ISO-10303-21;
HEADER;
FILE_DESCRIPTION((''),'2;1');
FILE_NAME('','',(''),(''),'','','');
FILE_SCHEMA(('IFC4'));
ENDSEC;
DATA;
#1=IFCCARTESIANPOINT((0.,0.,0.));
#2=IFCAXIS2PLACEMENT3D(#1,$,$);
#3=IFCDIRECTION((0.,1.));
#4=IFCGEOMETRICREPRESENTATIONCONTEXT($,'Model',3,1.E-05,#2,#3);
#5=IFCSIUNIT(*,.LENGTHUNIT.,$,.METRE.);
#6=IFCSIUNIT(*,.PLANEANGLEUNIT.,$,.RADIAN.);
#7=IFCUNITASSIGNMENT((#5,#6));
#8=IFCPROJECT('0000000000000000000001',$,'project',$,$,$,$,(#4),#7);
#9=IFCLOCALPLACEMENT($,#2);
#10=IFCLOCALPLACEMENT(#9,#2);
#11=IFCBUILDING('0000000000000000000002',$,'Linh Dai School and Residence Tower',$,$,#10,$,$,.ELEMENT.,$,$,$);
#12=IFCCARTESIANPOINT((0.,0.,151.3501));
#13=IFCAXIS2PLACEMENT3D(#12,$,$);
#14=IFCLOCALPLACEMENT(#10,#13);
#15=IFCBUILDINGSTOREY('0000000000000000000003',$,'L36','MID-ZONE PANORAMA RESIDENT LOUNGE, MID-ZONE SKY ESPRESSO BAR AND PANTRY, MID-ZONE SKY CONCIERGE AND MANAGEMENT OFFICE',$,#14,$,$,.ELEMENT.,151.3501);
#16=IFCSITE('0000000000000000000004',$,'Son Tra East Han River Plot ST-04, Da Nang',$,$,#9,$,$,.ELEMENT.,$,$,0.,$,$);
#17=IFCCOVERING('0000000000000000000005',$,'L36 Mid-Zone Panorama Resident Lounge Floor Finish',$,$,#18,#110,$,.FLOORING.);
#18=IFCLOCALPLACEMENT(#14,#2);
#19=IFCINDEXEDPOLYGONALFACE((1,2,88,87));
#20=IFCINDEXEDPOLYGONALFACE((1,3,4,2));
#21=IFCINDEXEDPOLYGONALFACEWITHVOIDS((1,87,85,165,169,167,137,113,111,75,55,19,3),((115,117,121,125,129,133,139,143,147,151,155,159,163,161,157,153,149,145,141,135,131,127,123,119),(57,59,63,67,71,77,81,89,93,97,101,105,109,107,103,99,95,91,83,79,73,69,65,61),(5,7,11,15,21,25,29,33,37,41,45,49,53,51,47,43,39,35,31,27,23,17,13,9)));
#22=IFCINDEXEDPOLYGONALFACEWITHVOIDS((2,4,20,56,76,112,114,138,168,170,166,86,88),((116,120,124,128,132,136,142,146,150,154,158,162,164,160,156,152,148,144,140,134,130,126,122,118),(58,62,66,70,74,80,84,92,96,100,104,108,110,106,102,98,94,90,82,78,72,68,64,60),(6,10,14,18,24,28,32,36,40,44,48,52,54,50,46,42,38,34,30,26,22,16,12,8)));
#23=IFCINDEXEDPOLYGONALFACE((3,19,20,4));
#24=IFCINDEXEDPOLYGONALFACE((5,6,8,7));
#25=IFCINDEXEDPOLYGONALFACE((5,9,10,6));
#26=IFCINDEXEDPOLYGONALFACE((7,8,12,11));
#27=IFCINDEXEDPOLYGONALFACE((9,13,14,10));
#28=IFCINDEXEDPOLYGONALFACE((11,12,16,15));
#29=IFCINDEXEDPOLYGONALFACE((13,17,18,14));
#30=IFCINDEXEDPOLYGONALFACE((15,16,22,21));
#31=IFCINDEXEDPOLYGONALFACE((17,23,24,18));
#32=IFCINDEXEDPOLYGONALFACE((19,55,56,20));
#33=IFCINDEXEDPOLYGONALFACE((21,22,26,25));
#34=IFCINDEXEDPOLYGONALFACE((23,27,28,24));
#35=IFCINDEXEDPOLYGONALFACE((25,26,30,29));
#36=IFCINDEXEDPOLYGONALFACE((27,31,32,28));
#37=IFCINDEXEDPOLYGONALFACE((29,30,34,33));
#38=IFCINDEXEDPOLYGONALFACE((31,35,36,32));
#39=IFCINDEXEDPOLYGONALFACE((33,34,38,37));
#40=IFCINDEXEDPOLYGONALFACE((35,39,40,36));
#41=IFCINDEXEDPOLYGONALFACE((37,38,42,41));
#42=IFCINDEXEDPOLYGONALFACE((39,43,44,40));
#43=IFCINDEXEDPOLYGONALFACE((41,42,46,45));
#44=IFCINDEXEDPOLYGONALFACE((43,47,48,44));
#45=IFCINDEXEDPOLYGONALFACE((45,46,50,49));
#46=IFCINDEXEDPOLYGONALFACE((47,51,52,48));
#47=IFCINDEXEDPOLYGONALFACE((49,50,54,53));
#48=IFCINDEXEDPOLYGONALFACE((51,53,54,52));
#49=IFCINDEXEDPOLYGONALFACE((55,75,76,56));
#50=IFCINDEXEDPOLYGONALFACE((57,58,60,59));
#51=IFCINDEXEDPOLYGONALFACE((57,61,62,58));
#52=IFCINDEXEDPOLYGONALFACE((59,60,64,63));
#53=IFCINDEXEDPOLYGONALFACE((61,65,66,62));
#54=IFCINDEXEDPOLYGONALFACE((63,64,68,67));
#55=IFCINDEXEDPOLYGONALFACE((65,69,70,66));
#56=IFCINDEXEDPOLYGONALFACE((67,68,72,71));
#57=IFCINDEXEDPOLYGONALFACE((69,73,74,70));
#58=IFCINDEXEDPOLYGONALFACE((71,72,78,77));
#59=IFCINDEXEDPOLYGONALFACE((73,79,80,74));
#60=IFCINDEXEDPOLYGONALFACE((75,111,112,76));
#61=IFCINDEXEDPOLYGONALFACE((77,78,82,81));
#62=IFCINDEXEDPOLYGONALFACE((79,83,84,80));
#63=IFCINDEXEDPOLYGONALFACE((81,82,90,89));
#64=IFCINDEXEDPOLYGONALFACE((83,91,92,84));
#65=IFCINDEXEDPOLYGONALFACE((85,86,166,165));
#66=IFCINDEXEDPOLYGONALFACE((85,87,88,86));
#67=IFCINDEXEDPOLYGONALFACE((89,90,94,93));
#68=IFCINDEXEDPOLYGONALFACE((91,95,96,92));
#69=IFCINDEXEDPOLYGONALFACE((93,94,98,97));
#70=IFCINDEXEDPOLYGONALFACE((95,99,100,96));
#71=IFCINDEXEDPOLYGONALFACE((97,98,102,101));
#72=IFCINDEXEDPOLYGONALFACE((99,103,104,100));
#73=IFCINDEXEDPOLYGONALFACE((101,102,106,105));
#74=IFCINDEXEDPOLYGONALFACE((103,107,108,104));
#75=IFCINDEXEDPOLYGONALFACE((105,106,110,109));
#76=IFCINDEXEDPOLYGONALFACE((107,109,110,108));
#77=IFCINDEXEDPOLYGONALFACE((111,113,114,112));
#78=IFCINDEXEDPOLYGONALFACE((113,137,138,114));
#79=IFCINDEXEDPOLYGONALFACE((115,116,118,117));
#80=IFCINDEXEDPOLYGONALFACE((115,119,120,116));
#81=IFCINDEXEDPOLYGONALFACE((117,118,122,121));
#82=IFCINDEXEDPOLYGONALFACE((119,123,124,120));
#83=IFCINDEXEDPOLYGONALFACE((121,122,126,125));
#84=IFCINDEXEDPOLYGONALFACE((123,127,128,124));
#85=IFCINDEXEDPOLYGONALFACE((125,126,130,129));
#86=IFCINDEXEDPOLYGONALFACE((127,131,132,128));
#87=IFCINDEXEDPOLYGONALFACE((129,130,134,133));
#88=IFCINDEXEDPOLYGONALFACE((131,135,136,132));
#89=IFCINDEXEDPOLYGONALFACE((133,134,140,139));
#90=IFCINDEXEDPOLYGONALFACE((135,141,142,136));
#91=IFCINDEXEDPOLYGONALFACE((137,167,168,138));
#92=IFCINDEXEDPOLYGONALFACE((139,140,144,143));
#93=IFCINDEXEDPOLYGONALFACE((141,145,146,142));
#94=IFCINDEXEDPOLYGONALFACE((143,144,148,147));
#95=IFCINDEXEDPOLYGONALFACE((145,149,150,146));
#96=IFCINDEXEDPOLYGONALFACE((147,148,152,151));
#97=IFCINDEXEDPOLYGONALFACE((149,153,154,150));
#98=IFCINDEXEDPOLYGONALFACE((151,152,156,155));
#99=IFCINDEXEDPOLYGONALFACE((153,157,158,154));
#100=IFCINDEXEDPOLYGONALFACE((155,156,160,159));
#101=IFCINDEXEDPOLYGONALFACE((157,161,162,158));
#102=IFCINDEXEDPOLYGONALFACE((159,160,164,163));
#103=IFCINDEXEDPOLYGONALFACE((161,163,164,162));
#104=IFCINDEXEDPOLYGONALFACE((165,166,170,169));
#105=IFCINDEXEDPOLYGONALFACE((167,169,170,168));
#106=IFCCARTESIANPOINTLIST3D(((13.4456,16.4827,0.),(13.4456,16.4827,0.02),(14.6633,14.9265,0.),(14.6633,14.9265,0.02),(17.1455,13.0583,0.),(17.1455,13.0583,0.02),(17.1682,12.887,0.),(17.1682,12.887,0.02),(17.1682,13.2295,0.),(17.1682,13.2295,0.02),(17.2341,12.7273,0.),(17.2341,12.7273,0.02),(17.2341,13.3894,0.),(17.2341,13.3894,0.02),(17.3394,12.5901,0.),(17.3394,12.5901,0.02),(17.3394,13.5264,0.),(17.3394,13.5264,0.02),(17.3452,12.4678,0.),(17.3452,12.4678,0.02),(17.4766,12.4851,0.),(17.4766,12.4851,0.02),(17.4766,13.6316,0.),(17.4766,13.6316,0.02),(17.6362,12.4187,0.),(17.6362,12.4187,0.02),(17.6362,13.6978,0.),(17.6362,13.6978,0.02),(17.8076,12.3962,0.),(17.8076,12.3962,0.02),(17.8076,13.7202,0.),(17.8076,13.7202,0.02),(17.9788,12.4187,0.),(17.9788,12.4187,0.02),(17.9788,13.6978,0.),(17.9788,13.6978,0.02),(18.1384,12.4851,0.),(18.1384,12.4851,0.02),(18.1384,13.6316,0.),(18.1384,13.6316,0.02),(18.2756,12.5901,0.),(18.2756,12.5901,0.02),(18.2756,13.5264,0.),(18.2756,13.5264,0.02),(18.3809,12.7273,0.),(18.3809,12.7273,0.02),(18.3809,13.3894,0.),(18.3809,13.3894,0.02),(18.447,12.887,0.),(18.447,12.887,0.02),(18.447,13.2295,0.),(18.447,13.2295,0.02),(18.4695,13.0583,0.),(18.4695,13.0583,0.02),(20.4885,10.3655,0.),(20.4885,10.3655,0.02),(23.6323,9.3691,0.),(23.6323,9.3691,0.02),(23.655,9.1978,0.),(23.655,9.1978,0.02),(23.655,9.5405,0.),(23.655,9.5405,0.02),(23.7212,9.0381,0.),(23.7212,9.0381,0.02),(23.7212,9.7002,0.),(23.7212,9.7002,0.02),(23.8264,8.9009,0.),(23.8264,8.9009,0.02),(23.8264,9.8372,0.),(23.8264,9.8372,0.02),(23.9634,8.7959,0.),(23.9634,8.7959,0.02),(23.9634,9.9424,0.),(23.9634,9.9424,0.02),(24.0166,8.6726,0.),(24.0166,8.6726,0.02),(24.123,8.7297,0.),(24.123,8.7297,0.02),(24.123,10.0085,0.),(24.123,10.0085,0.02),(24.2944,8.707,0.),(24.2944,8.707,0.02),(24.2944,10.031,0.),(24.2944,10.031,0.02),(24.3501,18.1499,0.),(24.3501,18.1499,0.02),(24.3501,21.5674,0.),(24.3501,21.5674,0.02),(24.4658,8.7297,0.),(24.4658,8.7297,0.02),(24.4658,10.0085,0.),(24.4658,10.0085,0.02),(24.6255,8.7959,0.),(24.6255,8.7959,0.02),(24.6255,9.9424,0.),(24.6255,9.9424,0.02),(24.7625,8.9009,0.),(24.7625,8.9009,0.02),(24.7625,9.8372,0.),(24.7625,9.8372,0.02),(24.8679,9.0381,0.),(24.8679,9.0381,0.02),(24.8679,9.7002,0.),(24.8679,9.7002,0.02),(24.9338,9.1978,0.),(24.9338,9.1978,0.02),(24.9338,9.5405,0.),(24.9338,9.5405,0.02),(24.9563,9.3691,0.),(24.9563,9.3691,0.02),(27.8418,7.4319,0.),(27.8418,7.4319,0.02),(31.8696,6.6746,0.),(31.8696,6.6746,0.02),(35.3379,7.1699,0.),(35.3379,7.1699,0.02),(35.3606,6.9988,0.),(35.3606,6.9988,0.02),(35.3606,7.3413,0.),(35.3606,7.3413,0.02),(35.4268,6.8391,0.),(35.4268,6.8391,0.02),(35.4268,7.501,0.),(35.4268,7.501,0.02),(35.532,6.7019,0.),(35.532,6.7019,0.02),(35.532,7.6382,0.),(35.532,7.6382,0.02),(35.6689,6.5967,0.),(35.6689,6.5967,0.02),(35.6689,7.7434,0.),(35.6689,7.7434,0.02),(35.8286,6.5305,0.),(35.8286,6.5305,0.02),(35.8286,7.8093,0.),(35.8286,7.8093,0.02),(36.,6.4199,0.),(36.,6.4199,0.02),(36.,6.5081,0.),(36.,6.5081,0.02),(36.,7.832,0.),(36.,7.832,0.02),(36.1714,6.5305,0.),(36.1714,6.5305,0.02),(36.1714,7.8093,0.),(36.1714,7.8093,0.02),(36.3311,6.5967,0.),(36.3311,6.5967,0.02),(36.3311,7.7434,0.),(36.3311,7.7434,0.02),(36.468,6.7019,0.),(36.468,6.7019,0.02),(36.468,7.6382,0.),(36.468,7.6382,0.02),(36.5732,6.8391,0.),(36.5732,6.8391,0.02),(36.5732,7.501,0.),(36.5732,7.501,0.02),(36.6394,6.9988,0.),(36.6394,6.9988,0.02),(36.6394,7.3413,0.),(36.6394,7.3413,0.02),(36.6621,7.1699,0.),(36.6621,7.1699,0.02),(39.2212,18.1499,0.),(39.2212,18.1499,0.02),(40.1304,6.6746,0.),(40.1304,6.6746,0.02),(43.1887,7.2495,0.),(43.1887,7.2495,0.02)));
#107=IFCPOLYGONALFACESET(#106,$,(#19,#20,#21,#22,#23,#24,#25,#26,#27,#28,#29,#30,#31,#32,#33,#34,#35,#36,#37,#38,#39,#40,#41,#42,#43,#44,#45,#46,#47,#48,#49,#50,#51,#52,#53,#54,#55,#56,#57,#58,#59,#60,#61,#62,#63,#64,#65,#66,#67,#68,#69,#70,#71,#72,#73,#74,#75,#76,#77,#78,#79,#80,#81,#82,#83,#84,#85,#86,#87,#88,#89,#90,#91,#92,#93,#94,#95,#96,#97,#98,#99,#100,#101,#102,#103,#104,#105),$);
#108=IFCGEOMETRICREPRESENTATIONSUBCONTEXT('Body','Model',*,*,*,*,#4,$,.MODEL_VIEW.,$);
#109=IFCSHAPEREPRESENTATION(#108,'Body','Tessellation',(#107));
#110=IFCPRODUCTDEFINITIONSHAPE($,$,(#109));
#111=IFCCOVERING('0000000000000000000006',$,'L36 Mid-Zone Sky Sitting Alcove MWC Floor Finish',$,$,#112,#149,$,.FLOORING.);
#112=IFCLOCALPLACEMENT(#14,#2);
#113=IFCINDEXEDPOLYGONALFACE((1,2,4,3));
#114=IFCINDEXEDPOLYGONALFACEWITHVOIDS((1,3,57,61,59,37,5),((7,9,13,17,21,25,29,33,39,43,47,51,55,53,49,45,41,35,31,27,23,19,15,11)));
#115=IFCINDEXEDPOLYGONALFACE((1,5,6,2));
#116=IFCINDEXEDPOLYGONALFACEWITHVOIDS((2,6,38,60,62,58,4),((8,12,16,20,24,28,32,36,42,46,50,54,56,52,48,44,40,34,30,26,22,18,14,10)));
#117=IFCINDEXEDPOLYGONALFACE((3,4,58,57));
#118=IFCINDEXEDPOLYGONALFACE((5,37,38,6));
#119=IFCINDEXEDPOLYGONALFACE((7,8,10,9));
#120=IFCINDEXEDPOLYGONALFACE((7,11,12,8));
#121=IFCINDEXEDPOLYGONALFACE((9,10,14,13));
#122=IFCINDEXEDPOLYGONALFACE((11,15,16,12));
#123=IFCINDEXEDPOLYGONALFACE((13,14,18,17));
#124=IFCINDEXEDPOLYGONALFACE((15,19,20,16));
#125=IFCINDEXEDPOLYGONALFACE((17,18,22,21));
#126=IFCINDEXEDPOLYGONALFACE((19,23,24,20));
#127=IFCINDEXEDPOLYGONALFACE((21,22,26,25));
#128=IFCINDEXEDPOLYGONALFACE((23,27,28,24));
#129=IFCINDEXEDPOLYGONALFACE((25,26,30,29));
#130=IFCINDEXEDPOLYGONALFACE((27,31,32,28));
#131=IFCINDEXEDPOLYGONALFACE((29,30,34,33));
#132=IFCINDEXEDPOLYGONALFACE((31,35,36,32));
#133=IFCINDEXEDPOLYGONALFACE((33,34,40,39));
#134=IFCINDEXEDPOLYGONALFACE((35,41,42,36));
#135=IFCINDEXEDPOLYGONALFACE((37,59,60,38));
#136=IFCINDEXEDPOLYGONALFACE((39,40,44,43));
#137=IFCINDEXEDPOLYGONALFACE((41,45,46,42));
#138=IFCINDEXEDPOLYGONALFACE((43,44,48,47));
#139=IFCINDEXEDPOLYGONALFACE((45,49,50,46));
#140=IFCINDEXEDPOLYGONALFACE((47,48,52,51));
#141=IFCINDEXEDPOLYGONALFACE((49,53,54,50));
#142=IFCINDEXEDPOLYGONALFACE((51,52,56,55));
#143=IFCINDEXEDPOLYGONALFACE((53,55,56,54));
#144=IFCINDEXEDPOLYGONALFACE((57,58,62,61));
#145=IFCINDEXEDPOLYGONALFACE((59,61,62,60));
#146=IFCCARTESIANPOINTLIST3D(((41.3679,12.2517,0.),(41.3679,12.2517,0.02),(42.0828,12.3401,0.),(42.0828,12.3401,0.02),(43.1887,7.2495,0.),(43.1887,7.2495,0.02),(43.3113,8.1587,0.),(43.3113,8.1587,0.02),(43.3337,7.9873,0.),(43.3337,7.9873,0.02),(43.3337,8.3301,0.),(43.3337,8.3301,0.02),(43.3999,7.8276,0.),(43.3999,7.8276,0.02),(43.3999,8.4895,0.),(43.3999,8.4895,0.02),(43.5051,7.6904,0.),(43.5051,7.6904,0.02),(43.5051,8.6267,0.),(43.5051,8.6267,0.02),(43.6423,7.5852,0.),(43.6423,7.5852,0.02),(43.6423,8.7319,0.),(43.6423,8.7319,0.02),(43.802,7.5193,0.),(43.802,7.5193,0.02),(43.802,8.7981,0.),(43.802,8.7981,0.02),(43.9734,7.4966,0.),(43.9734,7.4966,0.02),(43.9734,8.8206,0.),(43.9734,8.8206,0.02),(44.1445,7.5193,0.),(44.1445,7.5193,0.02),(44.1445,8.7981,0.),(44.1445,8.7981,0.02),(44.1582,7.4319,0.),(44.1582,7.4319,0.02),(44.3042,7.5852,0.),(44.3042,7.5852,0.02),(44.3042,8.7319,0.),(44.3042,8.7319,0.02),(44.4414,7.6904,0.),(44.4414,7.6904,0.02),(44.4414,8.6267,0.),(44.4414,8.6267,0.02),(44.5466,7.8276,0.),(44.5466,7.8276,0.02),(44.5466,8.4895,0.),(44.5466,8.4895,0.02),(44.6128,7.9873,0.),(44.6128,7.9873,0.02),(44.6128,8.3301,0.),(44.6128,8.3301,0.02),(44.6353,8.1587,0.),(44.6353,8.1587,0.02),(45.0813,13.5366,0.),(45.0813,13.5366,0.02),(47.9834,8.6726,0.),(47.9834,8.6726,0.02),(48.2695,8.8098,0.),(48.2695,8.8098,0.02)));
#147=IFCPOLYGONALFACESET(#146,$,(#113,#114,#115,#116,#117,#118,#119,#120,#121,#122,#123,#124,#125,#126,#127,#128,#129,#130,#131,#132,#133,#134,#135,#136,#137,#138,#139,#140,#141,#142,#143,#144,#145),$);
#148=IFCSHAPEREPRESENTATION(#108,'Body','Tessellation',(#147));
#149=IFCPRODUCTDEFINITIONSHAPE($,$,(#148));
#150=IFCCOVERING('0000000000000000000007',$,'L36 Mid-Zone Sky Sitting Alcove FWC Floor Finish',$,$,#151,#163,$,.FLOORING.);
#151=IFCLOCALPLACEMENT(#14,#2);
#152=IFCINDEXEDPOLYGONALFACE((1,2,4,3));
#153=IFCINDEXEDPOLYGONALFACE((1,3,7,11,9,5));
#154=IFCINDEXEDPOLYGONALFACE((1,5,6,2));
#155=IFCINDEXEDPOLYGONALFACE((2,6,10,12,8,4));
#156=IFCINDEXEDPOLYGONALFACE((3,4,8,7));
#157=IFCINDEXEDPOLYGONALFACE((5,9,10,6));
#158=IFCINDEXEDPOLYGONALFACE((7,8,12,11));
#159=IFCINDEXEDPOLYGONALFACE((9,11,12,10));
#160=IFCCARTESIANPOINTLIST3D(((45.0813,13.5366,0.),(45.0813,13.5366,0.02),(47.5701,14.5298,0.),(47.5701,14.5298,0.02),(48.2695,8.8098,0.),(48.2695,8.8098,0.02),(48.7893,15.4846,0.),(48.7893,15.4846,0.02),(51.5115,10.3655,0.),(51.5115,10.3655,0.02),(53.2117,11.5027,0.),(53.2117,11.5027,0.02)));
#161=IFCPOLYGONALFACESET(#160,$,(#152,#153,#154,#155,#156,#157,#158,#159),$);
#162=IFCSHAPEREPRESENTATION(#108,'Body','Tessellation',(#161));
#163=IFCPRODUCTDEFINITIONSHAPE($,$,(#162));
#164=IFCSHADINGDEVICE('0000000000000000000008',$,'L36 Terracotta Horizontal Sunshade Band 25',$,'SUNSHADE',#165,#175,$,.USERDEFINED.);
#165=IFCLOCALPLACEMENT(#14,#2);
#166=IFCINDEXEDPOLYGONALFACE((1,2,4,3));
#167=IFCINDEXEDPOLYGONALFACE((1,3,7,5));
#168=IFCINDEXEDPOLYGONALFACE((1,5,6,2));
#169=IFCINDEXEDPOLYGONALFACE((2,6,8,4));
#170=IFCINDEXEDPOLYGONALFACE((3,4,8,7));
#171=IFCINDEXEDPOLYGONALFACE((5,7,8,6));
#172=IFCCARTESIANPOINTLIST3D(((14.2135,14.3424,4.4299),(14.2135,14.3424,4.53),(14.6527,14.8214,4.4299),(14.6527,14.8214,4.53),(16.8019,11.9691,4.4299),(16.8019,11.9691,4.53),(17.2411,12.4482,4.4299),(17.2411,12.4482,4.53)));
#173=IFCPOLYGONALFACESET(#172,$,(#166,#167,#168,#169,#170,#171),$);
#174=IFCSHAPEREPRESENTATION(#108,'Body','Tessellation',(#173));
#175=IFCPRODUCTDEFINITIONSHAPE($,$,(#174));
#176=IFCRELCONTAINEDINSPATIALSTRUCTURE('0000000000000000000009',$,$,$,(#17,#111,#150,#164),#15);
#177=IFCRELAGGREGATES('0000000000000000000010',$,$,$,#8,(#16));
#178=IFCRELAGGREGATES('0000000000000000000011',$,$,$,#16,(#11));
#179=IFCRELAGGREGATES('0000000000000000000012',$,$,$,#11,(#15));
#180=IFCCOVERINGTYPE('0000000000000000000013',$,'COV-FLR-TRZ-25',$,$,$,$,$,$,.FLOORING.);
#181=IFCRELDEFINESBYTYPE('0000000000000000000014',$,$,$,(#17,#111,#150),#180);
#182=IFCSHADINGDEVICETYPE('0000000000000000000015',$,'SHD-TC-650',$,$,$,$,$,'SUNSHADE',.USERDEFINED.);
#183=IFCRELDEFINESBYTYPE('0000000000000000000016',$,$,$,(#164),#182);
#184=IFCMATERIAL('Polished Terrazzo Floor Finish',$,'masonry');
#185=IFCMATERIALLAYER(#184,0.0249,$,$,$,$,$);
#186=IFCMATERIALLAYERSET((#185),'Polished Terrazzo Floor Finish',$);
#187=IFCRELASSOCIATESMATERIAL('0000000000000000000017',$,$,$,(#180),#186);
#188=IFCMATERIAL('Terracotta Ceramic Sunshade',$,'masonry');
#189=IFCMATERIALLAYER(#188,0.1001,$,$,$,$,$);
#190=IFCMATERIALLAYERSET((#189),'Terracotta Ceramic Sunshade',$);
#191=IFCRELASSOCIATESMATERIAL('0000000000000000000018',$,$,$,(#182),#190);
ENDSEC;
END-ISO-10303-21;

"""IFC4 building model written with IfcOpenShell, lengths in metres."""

from ifc_helpers import new_model, si_unit, direction, frame, origin, origin_2d, place, context, subcontext, project, spatial, polyline, rectangle, outline, extrude, source, transform, mapped, material, layer, layer_set, type_object, element, save


model = new_model("IFC4")

# Units and contexts
model_context = context("Model", 3, precision=1e-05, world=origin(), true_north=direction((0.0, 1.0)))
body_context = subcontext(model_context, "Body", "Model", "MODEL_VIEW")
ifc_project = project(units=[si_unit("LENGTHUNIT", "METRE"), si_unit("PLANEANGLEUNIT", "RADIAN")], contexts=[model_context])

# Site, building, storey
site_placement = place(None, origin())
site = spatial("IfcSite", under=ifc_project, at=site_placement, Name="Son Tra East Han River Plot ST-04, Da Nang", CompositionType="ELEMENT", RefElevation=0.0)
building_placement = place(site_placement, origin())
building = spatial("IfcBuilding", under=site, at=building_placement, Name="Linh Dai School and Residence Tower", CompositionType="ELEMENT")
storey_placement = place(building_placement, frame((0.0, 0.0, 151.3501)))
storey = spatial("IfcBuildingStorey", under=building, at=storey_placement, Name="L36", Description="MID-ZONE PANORAMA RESIDENT LOUNGE, MID-ZONE SKY ESPRESSO BAR AND PANTRY, MID-ZONE SKY CONCIERGE AND MANAGEMENT OFFICE", CompositionType="ELEMENT", Elevation=151.3501)

# Coverings
ifc_material_1 = material(Name="Polished Terrazzo Floor Finish", Category="masonry")
ifc_layer_1 = layer(ifc_material_1, 0.0249)
ifc_layer_set_1 = layer_set([ifc_layer_1], Name="Polished Terrazzo Floor Finish")
covering_type_1 = type_object("IfcCoveringType", Name="COV-FLR-TRZ-25", PredefinedType="FLOORING", material=ifc_layer_set_1)
covering_1_placement = place(storey_placement, origin())
element("IfcCovering", 1, at=covering_1_placement, inside=storey, type_object=covering_type_1, Name="L36 Mid-Zone Panorama Resident Lounge Floor Finish", PredefinedType="FLOORING", context=body_context, shape_type="SweptSolid", body=[
    extrude(outline(polyline([(36.0, 6.4199), (31.8696, 6.6746), (27.8418, 7.4319), (24.0166, 8.6726), (20.4885, 10.3655), (17.3452, 12.4678), (14.6633, 14.9265), (13.4456, 16.4827), (24.3501, 21.5674), (24.3501, 18.1499), (39.2212, 18.1499), (43.1887, 7.2495), (40.1304, 6.6746), (36.0, 6.4199)]), holes=[polyline([(36.6394, 6.9988), (36.6621, 7.1699), (36.6394, 7.3413), (36.5732, 7.501), (36.468, 7.6382), (36.3311, 7.7434), (36.1714, 7.8093), (36.0, 7.832), (35.8286, 7.8093), (35.6689, 7.7434), (35.532, 7.6382), (35.4268, 7.501), (35.3606, 7.3413), (35.3379, 7.1699), (35.3606, 6.9988), (35.4268, 6.8391), (35.532, 6.7019), (35.6689, 6.5967), (35.8286, 6.5305), (36.0, 6.5081), (36.1714, 6.5305), (36.3311, 6.5967), (36.468, 6.7019), (36.5732, 6.8391), (36.6394, 6.9988)]), polyline([(24.8679, 9.0381), (24.9338, 9.1978), (24.9563, 9.3691), (24.9338, 9.5405), (24.8679, 9.7002), (24.7625, 9.8372), (24.6255, 9.9424), (24.4658, 10.0085), (24.2944, 10.031), (24.123, 10.0085), (23.9634, 9.9424), (23.8264, 9.8372), (23.7212, 9.7002), (23.655, 9.5405), (23.6323, 9.3691), (23.655, 9.1978), (23.7212, 9.0381), (23.8264, 8.9009), (23.9634, 8.7959), (24.123, 8.7297), (24.2944, 8.707), (24.4658, 8.7297), (24.6255, 8.7959), (24.7625, 8.9009), (24.8679, 9.0381)]), polyline([(18.3809, 12.7273), (18.447, 12.887), (18.4695, 13.0583), (18.447, 13.2295), (18.3809, 13.3894), (18.2756, 13.5264), (18.1384, 13.6316), (17.9788, 13.6978), (17.8076, 13.7202), (17.6362, 13.6978), (17.4766, 13.6316), (17.3394, 13.5264), (17.2341, 13.3894), (17.1682, 13.2295), (17.1455, 13.0583), (17.1682, 12.887), (17.2341, 12.7273), (17.3394, 12.5901), (17.4766, 12.4851), (17.6362, 12.4187), (17.8076, 12.3962), (17.9788, 12.4187), (18.1384, 12.4851), (18.2756, 12.5901), (18.3809, 12.7273)])]), origin(), (0.0, 0.0, 1.0), 0.02),
])
covering_2_placement = place(storey_placement, origin())
element("IfcCovering", 2, at=covering_2_placement, inside=storey, type_object=covering_type_1, Name="L36 Mid-Zone Sky Sitting Alcove MWC Floor Finish", PredefinedType="FLOORING", context=body_context, shape_type="SweptSolid", body=[
    extrude(outline(polyline([(42.0828, 12.3401), (45.0813, 13.5366), (48.2695, 8.8098), (47.9834, 8.6726), (44.1582, 7.4319), (43.1887, 7.2495), (41.3679, 12.2517), (42.0828, 12.3401)]), holes=[polyline([(44.6128, 8.3301), (44.5466, 8.4895), (44.4414, 8.6267), (44.3042, 8.7319), (44.1445, 8.7981), (43.9734, 8.8206), (43.802, 8.7981), (43.6423, 8.7319), (43.5051, 8.6267), (43.3999, 8.4895), (43.3337, 8.3301), (43.3113, 8.1587), (43.3337, 7.9873), (43.3999, 7.8276), (43.5051, 7.6904), (43.6423, 7.5852), (43.802, 7.5193), (43.9734, 7.4966), (44.1445, 7.5193), (44.3042, 7.5852), (44.4414, 7.6904), (44.5466, 7.8276), (44.6128, 7.9873), (44.6353, 8.1587), (44.6128, 8.3301)])]), origin(), (0.0, 0.0, 1.0), 0.02),
])
covering_3_placement = place(storey_placement, origin())
element("IfcCovering", 3, at=covering_3_placement, inside=storey, type_object=covering_type_1, Name="L36 Mid-Zone Sky Sitting Alcove FWC Floor Finish", PredefinedType="FLOORING", context=body_context, shape_type="SweptSolid", body=[
    extrude(outline(polyline([(48.2695, 8.8098), (45.0813, 13.5366), (47.5701, 14.5298), (48.7893, 15.4846), (53.2117, 11.5027), (51.5115, 10.3655), (48.2695, 8.8098)])), origin(), (0.0, 0.0, 1.0), 0.02),
])

# Shading device
ifc_material_2 = material(Name="Terracotta Ceramic Sunshade", Category="masonry")
ifc_layer_2 = layer(ifc_material_2, 0.1001)
ifc_layer_set_2 = layer_set([ifc_layer_2], Name="Terracotta Ceramic Sunshade")
shading_device_type = type_object("IfcShadingDeviceType", Name="SHD-TC-650", ElementType="SUNSHADE", PredefinedType="USERDEFINED", material=ifc_layer_set_2)
shared_shape_1 = source(origin(), body_context, "Body", "SweptSolid", [
    extrude(rectangle(XDim=3.5117, YDim=0.6499, at=origin_2d()), origin(), (0.0, 0.0, 1.0), 0.1001),
])
shading_device_placement = place(storey_placement, frame((15.7273, 13.3953, 4.4299), z_axis=(0.0, 0.0, 1.0), x_axis=(-0.737085, 0.6758, 0.0)))
element("IfcShadingDevice", 4, at=shading_device_placement, inside=storey, type_object=shading_device_type, Name="L36 Terracotta Horizontal Sunshade Band 25", ObjectType="SUNSHADE", PredefinedType="USERDEFINED", context=body_context, shape_type="MappedRepresentation", body=[
    mapped(shared_shape_1, transform((0.0, 0.0, 0.0), x_axis=(1.0, 0.0, 0.0), y_axis=(0.0, 1.0, 0.0), z_axis=(0.0, 0.0, 1.0), scale=1.0)),
])

save(model, "model.ifc")
